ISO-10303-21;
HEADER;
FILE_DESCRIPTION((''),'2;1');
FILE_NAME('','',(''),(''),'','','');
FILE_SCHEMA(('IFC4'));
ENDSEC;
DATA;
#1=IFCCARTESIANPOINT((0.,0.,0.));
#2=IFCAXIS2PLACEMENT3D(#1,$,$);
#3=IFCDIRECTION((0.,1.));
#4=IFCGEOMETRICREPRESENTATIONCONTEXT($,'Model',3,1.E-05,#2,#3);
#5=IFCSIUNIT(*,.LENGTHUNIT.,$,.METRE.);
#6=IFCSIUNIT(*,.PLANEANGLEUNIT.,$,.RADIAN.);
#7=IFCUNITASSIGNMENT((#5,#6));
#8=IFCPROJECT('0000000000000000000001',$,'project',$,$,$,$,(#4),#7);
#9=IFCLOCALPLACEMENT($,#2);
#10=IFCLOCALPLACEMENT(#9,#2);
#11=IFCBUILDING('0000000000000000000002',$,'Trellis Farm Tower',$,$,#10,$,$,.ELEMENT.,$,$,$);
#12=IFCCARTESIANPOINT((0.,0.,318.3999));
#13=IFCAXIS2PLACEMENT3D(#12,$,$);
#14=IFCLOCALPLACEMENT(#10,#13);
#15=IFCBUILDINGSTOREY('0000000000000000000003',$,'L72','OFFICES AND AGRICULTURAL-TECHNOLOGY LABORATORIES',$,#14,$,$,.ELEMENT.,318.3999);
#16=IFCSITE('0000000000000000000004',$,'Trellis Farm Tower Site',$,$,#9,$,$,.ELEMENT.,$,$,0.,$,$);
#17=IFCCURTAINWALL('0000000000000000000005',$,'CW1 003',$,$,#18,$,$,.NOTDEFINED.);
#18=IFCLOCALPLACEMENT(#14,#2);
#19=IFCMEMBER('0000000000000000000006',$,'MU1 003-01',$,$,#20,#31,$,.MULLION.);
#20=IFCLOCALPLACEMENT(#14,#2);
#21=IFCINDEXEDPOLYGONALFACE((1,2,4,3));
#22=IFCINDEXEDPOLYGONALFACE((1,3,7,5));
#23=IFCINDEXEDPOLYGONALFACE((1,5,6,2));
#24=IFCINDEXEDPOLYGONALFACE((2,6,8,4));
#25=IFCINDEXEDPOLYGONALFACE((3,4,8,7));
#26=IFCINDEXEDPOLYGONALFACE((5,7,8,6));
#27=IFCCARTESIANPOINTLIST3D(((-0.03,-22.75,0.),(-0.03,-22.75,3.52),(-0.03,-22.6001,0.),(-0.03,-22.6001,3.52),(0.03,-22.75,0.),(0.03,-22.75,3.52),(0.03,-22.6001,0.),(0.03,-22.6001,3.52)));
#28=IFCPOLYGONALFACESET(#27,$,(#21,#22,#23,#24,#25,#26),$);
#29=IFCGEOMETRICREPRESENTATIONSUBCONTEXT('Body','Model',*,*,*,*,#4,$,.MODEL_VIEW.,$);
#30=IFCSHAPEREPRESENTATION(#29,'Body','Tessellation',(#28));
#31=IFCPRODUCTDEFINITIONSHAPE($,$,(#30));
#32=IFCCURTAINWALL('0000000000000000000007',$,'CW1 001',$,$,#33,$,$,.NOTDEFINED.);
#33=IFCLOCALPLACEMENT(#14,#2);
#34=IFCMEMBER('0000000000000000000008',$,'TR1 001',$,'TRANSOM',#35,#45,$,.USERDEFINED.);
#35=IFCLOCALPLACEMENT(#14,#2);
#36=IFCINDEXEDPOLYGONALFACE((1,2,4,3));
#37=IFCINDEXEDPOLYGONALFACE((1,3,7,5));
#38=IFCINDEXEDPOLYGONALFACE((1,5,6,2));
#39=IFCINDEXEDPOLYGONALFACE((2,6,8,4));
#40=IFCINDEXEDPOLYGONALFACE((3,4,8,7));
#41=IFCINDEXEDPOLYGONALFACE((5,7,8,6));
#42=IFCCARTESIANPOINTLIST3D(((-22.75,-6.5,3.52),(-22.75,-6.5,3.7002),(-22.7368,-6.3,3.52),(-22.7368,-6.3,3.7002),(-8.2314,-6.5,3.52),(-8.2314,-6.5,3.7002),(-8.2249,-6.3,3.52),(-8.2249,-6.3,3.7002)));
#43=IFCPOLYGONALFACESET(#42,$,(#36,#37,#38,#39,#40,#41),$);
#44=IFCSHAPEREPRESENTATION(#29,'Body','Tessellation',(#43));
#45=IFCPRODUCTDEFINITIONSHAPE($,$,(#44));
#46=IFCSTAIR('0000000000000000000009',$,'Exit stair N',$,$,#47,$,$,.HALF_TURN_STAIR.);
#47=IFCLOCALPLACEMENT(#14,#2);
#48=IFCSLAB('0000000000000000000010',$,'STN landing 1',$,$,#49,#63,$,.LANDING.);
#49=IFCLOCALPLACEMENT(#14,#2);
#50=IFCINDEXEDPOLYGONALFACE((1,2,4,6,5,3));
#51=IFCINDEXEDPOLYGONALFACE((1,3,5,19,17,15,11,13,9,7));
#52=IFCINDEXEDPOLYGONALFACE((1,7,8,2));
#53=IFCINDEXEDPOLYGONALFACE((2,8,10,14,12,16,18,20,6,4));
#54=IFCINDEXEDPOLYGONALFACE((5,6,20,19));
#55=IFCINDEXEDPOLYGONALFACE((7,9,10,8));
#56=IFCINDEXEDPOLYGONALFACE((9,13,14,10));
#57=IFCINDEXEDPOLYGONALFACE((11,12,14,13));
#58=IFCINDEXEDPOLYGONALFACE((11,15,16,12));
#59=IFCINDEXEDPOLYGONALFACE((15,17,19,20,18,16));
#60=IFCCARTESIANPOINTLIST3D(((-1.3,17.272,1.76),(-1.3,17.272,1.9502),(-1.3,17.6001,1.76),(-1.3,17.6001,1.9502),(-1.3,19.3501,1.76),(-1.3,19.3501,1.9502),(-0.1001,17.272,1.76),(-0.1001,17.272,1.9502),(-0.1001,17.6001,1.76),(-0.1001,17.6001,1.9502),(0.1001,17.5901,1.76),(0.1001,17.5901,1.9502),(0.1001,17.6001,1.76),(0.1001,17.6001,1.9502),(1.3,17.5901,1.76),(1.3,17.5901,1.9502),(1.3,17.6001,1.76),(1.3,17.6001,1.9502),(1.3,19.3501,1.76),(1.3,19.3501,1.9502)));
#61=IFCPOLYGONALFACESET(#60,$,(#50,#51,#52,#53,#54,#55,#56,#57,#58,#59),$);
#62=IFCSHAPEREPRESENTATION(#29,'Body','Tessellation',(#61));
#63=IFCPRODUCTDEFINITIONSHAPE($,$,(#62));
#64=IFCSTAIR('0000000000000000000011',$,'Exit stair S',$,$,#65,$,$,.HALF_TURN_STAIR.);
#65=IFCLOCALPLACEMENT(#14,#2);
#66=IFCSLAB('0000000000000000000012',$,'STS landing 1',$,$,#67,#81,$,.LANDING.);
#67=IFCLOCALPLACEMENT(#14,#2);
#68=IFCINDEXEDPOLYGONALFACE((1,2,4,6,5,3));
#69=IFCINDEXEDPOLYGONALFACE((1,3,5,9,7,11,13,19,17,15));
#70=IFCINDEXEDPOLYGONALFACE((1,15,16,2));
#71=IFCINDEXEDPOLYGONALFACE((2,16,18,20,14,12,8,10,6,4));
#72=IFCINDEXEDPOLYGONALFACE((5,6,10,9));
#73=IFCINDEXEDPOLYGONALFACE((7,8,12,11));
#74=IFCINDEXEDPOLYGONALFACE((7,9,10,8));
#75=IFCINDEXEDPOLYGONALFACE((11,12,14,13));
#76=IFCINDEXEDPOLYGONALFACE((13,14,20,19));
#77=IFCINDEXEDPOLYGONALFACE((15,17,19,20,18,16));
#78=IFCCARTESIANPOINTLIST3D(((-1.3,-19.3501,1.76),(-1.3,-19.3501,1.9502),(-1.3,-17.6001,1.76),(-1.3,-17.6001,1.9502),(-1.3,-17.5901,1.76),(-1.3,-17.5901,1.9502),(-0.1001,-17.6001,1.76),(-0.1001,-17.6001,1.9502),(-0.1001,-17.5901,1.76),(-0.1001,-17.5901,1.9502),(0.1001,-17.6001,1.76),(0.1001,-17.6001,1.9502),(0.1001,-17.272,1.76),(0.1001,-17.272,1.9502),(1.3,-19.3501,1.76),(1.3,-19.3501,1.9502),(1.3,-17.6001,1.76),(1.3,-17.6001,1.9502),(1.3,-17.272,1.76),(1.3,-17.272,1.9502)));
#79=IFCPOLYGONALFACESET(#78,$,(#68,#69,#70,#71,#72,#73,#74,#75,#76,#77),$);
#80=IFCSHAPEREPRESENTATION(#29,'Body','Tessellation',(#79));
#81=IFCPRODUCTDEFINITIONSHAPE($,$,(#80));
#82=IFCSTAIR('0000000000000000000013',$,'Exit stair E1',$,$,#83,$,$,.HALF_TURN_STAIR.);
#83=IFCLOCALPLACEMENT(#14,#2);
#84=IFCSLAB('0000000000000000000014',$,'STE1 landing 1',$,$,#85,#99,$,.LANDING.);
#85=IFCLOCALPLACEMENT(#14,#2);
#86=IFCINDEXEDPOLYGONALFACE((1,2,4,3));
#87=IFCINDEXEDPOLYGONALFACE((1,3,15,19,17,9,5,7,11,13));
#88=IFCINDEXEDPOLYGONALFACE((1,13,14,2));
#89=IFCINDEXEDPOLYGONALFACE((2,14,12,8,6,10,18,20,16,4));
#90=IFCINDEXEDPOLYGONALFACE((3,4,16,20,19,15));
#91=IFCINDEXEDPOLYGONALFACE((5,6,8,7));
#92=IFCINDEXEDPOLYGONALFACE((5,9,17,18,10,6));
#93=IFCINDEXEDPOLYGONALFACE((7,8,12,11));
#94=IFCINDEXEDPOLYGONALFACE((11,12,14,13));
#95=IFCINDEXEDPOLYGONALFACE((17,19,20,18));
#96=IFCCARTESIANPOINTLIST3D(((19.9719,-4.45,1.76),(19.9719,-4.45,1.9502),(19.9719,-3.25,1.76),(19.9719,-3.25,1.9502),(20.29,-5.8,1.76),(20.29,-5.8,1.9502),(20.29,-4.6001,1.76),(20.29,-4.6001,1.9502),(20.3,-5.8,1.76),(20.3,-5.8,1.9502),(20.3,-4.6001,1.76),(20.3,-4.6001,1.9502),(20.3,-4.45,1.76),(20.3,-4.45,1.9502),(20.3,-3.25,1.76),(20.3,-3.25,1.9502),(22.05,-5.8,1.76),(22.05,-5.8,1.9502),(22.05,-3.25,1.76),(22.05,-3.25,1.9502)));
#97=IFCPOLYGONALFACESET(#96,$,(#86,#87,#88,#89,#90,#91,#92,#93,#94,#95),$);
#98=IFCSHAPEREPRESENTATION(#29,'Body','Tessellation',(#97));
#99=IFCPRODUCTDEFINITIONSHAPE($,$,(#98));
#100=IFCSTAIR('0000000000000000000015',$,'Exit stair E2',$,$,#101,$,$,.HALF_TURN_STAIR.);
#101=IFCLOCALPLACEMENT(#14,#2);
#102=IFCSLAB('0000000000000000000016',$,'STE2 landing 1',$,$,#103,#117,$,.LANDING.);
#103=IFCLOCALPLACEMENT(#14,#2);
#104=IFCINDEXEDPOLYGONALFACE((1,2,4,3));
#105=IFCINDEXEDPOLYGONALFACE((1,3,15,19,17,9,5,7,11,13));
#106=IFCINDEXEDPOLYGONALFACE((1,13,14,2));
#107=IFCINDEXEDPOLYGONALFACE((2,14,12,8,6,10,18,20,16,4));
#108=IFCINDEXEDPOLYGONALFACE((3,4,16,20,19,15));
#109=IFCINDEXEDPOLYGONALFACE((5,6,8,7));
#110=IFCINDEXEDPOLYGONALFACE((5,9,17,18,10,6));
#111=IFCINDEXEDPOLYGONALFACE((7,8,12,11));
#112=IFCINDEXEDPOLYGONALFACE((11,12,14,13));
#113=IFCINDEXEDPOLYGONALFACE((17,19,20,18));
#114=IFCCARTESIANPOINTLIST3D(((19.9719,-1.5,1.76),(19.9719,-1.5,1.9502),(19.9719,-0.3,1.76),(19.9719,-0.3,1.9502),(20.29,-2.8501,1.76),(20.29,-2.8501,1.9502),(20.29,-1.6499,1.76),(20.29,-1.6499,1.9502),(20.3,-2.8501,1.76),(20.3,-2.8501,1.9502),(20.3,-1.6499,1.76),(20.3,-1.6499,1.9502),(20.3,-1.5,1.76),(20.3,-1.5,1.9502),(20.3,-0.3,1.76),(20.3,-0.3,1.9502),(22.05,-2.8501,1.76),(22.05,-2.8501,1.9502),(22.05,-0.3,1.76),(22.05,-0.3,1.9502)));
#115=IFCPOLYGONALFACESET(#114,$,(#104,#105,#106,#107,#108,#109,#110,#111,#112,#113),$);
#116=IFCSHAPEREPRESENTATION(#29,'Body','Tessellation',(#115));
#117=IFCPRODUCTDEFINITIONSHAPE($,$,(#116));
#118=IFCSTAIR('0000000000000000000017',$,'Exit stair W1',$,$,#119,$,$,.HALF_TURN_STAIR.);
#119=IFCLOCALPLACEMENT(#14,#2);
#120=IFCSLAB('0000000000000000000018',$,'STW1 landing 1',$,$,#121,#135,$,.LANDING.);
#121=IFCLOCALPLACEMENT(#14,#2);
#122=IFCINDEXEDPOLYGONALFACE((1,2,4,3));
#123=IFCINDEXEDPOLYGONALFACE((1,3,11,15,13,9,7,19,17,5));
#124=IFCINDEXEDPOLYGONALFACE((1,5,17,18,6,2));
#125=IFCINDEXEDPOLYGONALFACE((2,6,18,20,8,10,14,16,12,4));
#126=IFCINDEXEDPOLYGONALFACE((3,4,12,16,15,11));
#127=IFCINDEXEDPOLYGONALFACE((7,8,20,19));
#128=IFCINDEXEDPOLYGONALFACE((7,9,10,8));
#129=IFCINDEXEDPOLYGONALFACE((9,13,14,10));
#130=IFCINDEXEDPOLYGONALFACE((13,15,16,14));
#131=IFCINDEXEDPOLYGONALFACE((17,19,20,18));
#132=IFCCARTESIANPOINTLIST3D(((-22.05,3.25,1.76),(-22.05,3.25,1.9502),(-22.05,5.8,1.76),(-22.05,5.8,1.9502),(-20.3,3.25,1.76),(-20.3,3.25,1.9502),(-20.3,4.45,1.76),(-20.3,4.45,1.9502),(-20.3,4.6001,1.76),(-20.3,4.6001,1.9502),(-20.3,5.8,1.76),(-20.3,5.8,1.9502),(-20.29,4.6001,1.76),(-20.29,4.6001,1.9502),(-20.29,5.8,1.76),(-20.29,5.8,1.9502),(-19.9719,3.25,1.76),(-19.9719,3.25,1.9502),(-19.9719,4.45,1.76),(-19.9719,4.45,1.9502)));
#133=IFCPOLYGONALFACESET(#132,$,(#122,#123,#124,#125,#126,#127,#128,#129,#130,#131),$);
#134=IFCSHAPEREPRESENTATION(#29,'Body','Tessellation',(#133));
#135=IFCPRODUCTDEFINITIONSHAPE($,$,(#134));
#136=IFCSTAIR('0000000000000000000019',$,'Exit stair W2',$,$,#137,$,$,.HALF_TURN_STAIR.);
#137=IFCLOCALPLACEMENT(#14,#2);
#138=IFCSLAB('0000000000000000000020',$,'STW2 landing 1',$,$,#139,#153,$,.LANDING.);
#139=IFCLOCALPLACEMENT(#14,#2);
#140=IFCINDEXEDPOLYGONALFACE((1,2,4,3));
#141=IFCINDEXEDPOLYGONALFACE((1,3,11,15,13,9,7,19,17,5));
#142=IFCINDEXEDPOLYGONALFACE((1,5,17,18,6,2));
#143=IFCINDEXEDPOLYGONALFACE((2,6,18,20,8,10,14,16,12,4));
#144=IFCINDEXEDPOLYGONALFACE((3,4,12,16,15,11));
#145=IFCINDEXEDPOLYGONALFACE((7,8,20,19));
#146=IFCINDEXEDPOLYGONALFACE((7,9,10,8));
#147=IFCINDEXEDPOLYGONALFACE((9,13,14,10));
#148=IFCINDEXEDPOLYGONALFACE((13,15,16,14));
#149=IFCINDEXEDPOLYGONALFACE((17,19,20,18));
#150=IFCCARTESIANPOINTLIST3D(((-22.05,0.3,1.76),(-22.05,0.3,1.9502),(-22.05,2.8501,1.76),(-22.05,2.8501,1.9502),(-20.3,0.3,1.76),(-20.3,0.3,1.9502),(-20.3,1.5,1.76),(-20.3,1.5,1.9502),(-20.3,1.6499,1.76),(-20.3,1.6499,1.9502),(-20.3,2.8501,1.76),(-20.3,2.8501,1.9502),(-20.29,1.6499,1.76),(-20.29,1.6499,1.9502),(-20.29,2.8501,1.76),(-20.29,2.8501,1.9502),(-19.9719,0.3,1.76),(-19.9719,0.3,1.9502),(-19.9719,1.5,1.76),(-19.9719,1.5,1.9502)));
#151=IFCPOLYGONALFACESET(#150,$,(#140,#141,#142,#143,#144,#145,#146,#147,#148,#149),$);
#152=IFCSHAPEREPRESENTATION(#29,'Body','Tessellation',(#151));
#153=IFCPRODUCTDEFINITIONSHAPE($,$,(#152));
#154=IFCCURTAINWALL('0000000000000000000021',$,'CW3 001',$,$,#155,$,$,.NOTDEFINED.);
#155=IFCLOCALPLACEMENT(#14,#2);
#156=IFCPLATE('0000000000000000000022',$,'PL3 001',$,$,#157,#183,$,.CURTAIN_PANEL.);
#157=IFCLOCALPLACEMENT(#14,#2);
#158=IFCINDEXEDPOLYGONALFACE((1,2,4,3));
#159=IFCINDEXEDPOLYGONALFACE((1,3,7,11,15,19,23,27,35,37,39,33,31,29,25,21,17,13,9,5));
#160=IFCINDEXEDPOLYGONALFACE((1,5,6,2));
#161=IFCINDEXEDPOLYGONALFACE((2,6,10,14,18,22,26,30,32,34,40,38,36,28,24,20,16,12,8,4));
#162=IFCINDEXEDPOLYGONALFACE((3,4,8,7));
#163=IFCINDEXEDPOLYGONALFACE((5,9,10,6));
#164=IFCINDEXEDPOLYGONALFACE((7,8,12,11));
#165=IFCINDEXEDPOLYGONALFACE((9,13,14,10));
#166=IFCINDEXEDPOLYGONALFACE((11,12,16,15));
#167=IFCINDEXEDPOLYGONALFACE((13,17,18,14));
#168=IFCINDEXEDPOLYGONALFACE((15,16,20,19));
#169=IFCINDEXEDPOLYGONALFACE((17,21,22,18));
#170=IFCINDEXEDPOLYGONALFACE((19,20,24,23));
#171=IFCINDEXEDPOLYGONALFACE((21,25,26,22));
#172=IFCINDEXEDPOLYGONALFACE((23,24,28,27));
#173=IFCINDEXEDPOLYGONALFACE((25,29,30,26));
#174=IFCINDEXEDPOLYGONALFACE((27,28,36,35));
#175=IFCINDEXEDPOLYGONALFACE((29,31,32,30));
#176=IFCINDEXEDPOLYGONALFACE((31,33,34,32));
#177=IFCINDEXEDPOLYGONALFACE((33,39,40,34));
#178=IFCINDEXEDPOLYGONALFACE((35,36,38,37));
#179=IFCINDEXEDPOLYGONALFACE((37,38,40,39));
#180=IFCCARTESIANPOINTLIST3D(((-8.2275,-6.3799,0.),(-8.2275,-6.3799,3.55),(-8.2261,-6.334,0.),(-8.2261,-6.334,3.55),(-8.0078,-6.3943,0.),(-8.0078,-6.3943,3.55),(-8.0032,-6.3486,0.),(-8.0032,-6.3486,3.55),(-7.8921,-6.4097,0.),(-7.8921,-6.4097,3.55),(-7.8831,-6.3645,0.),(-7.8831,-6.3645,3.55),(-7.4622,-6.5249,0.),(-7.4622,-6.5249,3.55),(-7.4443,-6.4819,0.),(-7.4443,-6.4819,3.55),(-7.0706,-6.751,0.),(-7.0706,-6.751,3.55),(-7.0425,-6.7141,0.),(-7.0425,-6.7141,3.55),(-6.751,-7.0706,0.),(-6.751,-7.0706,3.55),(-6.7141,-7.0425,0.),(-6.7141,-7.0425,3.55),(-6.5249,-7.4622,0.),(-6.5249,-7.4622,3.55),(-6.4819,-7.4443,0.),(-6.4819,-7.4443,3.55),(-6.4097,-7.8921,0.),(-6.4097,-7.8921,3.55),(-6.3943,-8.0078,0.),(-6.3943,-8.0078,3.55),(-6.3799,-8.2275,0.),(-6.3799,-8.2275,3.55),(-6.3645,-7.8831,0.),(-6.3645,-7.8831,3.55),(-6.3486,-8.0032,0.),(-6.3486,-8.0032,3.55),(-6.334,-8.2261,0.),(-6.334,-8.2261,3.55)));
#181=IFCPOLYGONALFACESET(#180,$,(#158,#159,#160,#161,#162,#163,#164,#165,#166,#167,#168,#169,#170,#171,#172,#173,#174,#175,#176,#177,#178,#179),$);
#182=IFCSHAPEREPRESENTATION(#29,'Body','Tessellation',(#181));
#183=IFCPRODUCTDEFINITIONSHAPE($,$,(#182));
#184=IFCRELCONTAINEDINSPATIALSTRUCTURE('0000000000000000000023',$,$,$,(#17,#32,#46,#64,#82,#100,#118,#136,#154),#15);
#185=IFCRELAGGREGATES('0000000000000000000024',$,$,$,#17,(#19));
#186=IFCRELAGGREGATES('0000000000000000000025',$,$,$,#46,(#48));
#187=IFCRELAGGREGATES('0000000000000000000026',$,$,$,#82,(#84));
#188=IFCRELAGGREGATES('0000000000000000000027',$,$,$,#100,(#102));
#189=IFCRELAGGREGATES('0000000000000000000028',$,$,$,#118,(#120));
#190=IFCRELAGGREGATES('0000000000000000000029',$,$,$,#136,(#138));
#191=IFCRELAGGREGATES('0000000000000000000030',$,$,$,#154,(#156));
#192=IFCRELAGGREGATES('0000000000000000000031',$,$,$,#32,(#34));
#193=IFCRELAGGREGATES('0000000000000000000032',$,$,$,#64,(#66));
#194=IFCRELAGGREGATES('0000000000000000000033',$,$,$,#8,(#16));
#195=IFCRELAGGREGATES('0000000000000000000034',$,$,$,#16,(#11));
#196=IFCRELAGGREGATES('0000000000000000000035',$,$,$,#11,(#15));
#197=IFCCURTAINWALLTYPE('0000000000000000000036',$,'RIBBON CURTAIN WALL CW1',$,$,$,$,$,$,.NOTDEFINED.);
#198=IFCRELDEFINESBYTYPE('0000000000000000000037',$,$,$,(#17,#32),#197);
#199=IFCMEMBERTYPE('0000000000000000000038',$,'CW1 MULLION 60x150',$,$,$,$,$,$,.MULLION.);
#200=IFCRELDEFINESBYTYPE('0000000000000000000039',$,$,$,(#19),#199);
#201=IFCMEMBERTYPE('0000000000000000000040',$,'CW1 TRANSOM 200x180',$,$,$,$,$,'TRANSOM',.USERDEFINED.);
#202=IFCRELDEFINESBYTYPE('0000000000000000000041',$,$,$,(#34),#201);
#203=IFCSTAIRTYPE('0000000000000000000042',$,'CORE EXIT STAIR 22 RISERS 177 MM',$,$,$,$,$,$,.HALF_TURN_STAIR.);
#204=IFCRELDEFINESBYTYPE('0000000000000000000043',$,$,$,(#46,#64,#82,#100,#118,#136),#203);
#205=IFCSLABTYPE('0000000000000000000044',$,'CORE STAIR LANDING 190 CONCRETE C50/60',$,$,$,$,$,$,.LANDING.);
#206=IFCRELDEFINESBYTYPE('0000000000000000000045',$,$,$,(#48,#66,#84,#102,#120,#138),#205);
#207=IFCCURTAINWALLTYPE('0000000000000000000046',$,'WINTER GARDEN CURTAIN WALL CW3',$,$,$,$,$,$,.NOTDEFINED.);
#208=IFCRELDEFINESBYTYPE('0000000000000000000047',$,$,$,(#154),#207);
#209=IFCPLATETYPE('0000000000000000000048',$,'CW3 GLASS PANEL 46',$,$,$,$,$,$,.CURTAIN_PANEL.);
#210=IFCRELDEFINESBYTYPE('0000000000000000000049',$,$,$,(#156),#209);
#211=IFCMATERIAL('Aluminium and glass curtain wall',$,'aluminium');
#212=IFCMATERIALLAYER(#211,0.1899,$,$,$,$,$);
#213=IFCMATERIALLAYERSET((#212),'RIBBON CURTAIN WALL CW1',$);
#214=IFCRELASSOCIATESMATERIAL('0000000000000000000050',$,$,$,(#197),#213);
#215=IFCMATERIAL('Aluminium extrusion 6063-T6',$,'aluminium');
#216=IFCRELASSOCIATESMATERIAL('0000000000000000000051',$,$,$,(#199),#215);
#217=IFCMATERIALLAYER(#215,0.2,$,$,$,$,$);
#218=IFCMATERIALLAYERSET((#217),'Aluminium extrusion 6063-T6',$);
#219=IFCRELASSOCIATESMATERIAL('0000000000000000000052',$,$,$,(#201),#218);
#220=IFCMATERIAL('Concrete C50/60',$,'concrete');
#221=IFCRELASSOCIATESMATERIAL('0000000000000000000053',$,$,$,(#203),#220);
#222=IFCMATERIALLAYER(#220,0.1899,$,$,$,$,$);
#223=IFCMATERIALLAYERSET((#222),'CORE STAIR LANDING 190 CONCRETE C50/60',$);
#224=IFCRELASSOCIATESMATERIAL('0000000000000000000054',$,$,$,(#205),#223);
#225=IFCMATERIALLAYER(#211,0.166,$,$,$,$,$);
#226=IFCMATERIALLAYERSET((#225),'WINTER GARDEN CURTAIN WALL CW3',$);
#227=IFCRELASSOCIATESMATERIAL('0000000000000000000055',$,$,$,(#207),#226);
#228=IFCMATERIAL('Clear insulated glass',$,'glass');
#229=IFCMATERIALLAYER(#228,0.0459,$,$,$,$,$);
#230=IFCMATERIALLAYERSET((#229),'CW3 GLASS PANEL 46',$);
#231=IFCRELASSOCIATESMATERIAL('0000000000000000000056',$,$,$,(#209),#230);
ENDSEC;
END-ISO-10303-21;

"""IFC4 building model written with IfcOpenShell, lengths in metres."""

from ifc_helpers import new_model, si_unit, direction, frame, origin, origin_2d, place, context, subcontext, project, spatial, polyline, rectangle, outline, extrude, source, transform, mapped, material, layer, layer_set, material_profile, profile_set, type_object, element, aggregate, save


model = new_model("IFC4")

# Units and contexts
model_context = context("Model", 3, precision=1e-05, world=origin(), true_north=direction((0.0, 1.0)))
body_context = subcontext(model_context, "Body", "Model", "MODEL_VIEW")
ifc_project = project(units=[si_unit("LENGTHUNIT", "METRE"), si_unit("PLANEANGLEUNIT", "RADIAN")], contexts=[model_context])

# Site, building, storey
site_placement = place(None, origin())
site = spatial("IfcSite", under=ifc_project, at=site_placement, Name="Trellis Farm Tower Site", CompositionType="ELEMENT", RefElevation=0.0)
building_placement = place(site_placement, origin())
building = spatial("IfcBuilding", under=site, at=building_placement, Name="Trellis Farm Tower", CompositionType="ELEMENT")
storey_placement = place(building_placement, frame((0.0, 0.0, 318.3999)))
storey = spatial("IfcBuildingStorey", under=building, at=storey_placement, Name="L72", Description="OFFICES AND AGRICULTURAL-TECHNOLOGY LABORATORIES", CompositionType="ELEMENT", Elevation=318.3999)

# Curtain walls, members
ifc_material_1 = material(Name="Aluminium and glass curtain wall", Category="aluminium")
ifc_layer_1 = layer(ifc_material_1, 0.1899)
ifc_layer_set_1 = layer_set([ifc_layer_1], Name="RIBBON CURTAIN WALL CW1")
curtain_wall_type_1 = type_object("IfcCurtainWallType", Name="RIBBON CURTAIN WALL CW1", PredefinedType="NOTDEFINED", material=ifc_layer_set_1)
placement_1 = place(storey_placement, origin())
curtain_wall_1 = element("IfcCurtainWall", 1, at=placement_1, inside=storey, type_object=curtain_wall_type_1, Name="CW1 003", PredefinedType="NOTDEFINED")
ifc_material_2 = material(Name="Aluminium extrusion 6063-T6", Category="aluminium")
ifc_material_profile_1 = material_profile(ifc_material_2, rectangle(XDim=0.0601, YDim=0.1499, at=origin_2d()), Name="MULLION 60x150")
ifc_profile_set_1 = profile_set([ifc_material_profile_1], Name="Aluminium extrusion 6063-T6")
member_type_1 = type_object("IfcMemberType", Name="CW1 MULLION 60x150", PredefinedType="MULLION", material=ifc_profile_set_1)
shared_shape_1 = source(origin(), body_context, "Body", "SweptSolid", [
    extrude(rectangle(XDim=0.0601, YDim=0.1499, at=origin_2d()), origin(), (0.0, 0.0, 1.0), 3.52),
])
member_1_placement = place(storey_placement, frame((0.0, -22.675, 0.0), z_axis=(0.0, 0.0, 1.0), x_axis=(1.0, 0.0, 0.0)))
member_1 = element("IfcMember", 2, at=member_1_placement, type_object=member_type_1, Name="MU1 003-01", PredefinedType="MULLION", context=body_context, shape_type="MappedRepresentation", body=[
    mapped(shared_shape_1, transform((0.0, 0.0, 0.0))),
])
aggregate(curtain_wall_1, [member_1])
curtain_wall_2 = element("IfcCurtainWall", 3, at=placement_1, inside=storey, type_object=curtain_wall_type_1, Name="CW1 001", PredefinedType="NOTDEFINED")
ifc_layer_2 = layer(ifc_material_2, 0.2)
ifc_layer_set_2 = layer_set([ifc_layer_2], Name="Aluminium extrusion 6063-T6")
member_type_2 = type_object("IfcMemberType", Name="CW1 TRANSOM 200x180", ElementType="TRANSOM", PredefinedType="USERDEFINED", material=ifc_layer_set_2)
shared_shape_2 = source(origin(), body_context, "Body", "SweptSolid", [
    extrude(outline(polyline([(-22.75, -6.5), (-8.2314, -6.5), (-8.2249, -6.3), (-22.7368, -6.3), (-22.75, -6.5)])), origin(), (0.0, 0.0, 1.0), 0.1802),
])
member_2_placement = place(storey_placement, frame((0.0, 0.0, 3.52)))
member_2 = element("IfcMember", 4, at=member_2_placement, type_object=member_type_2, Name="TR1 001", ObjectType="TRANSOM", PredefinedType="USERDEFINED", context=body_context, shape_type="MappedRepresentation", body=[
    mapped(shared_shape_2, transform((0.0, 0.0, 0.0))),
])

# Stairs, slabs
ifc_material_3 = material(Name="Concrete C50/60", Category="concrete")
stair_type = type_object("IfcStairType", Name="CORE EXIT STAIR 22 RISERS 177 MM", PredefinedType="HALF_TURN_STAIR", material=ifc_material_3)
stair_1 = element("IfcStair", 5, at=placement_1, inside=storey, type_object=stair_type, Name="Exit stair N", PredefinedType="HALF_TURN_STAIR")
ifc_layer_3 = layer(ifc_material_3, 0.1899)
ifc_layer_set_3 = layer_set([ifc_layer_3], Name="CORE STAIR LANDING 190 CONCRETE C50/60")
slab_type_1 = type_object("IfcSlabType", Name="CORE STAIR LANDING 190 CONCRETE C50/60", PredefinedType="LANDING", material=ifc_layer_set_3)
shared_shape_3 = source(origin(), body_context, "Body", "SweptSolid", [
    extrude(outline(polyline([(-0.1001, 17.272), (-1.3, 17.272), (-1.3, 17.6001), (-1.3, 19.3501), (1.3, 19.3501), (1.3, 17.6001), (1.3, 17.5901), (0.1001, 17.5901), (0.1001, 17.6001), (-0.1001, 17.6001), (-0.1001, 17.272)])), origin(), (0.0, 0.0, 1.0), 0.1902),
])
placement_2 = place(storey_placement, frame((0.0, 0.0, 1.76)))
slab_1 = element("IfcSlab", 6, at=placement_2, type_object=slab_type_1, Name="STN landing 1", PredefinedType="LANDING", context=body_context, shape_type="MappedRepresentation", body=[
    mapped(shared_shape_3, transform((0.0, 0.0, 0.0))),
])
aggregate(stair_1, [slab_1])
stair_2 = element("IfcStair", 7, at=placement_1, inside=storey, type_object=stair_type, Name="Exit stair S", PredefinedType="HALF_TURN_STAIR")
shared_shape_4 = source(origin(), body_context, "Body", "SweptSolid", [
    extrude(outline(polyline([(1.3, -19.3501), (-1.3, -19.3501), (-1.3, -17.6001), (-1.3, -17.5901), (-0.1001, -17.5901), (-0.1001, -17.6001), (0.1001, -17.6001), (0.1001, -17.272), (1.3, -17.272), (1.3, -17.6001), (1.3, -19.3501)])), origin(), (0.0, 0.0, 1.0), 0.1902),
])
slab_2 = element("IfcSlab", 8, at=placement_2, type_object=slab_type_1, Name="STS landing 1", PredefinedType="LANDING", context=body_context, shape_type="MappedRepresentation", body=[
    mapped(shared_shape_4, transform((0.0, 0.0, 0.0))),
])
stair_3 = element("IfcStair", 9, at=placement_1, inside=storey, type_object=stair_type, Name="Exit stair E1", PredefinedType="HALF_TURN_STAIR")
shared_shape_5 = source(origin(), body_context, "Body", "SweptSolid", [
    extrude(outline(polyline([(20.29, -5.8), (20.29, -4.6001), (20.3, -4.6001), (20.3, -4.45), (19.9719, -4.45), (19.9719, -3.25), (20.3, -3.25), (22.05, -3.25), (22.05, -5.8), (20.3, -5.8), (20.29, -5.8)])), origin(), (0.0, 0.0, 1.0), 0.1902),
])
slab_3 = element("IfcSlab", 10, at=placement_2, type_object=slab_type_1, Name="STE1 landing 1", PredefinedType="LANDING", context=body_context, shape_type="MappedRepresentation", body=[
    mapped(shared_shape_5, transform((0.0, 0.0, 0.0))),
])
aggregate(stair_3, [slab_3])
stair_4 = element("IfcStair", 11, at=placement_1, inside=storey, type_object=stair_type, Name="Exit stair E2", PredefinedType="HALF_TURN_STAIR")
shared_shape_6 = source(origin(), body_context, "Body", "SweptSolid", [
    extrude(outline(polyline([(20.29, -2.8501), (20.29, -1.6499), (20.3, -1.6499), (20.3, -1.5), (19.9719, -1.5), (19.9719, -0.3), (20.3, -0.3), (22.05, -0.3), (22.05, -2.8501), (20.3, -2.8501), (20.29, -2.8501)])), origin(), (0.0, 0.0, 1.0), 0.1902),
])
slab_4 = element("IfcSlab", 12, at=placement_2, type_object=slab_type_1, Name="STE2 landing 1", PredefinedType="LANDING", context=body_context, shape_type="MappedRepresentation", body=[
    mapped(shared_shape_6, transform((0.0, 0.0, 0.0))),
])
aggregate(stair_4, [slab_4])
stair_5 = element("IfcStair", 13, at=placement_1, inside=storey, type_object=stair_type, Name="Exit stair W1", PredefinedType="HALF_TURN_STAIR")
shared_shape_7 = source(origin(), body_context, "Body", "SweptSolid", [
    extrude(outline(polyline([(-19.9719, 4.45), (-19.9719, 3.25), (-20.3, 3.25), (-22.05, 3.25), (-22.05, 5.8), (-20.3, 5.8), (-20.29, 5.8), (-20.29, 4.6001), (-20.3, 4.6001), (-20.3, 4.45), (-19.9719, 4.45)])), origin(), (0.0, 0.0, 1.0), 0.1902),
])
slab_5 = element("IfcSlab", 14, at=placement_2, type_object=slab_type_1, Name="STW1 landing 1", PredefinedType="LANDING", context=body_context, shape_type="MappedRepresentation", body=[
    mapped(shared_shape_7, transform((0.0, 0.0, 0.0))),
])
aggregate(stair_5, [slab_5])
stair_6 = element("IfcStair", 15, at=placement_1, inside=storey, type_object=stair_type, Name="Exit stair W2", PredefinedType="HALF_TURN_STAIR")
shared_shape_8 = source(origin(), body_context, "Body", "SweptSolid", [
    extrude(outline(polyline([(-19.9719, 1.5), (-19.9719, 0.3), (-20.3, 0.3), (-22.05, 0.3), (-22.05, 2.8501), (-20.3, 2.8501), (-20.29, 2.8501), (-20.29, 1.6499), (-20.3, 1.6499), (-20.3, 1.5), (-19.9719, 1.5)])), origin(), (0.0, 0.0, 1.0), 0.1902),
])
slab_6 = element("IfcSlab", 16, at=placement_2, type_object=slab_type_1, Name="STW2 landing 1", PredefinedType="LANDING", context=body_context, shape_type="MappedRepresentation", body=[
    mapped(shared_shape_8, transform((0.0, 0.0, 0.0))),
])
aggregate(stair_6, [slab_6])

# Curtain wall, plate
ifc_layer_4 = layer(ifc_material_1, 0.166)
ifc_layer_set_4 = layer_set([ifc_layer_4], Name="WINTER GARDEN CURTAIN WALL CW3")
curtain_wall_type_2 = type_object("IfcCurtainWallType", Name="WINTER GARDEN CURTAIN WALL CW3", PredefinedType="NOTDEFINED", material=ifc_layer_set_4)
curtain_wall_3 = element("IfcCurtainWall", 17, at=placement_1, inside=storey, type_object=curtain_wall_type_2, Name="CW3 001", PredefinedType="NOTDEFINED")
ifc_material_4 = material(Name="Clear insulated glass", Category="glass")
ifc_layer_5 = layer(ifc_material_4, 0.0459)
ifc_layer_set_5 = layer_set([ifc_layer_5], Name="CW3 GLASS PANEL 46")
plate_type_1 = type_object("IfcPlateType", Name="CW3 GLASS PANEL 46", PredefinedType="CURTAIN_PANEL", material=ifc_layer_set_5)
shared_shape_9 = source(origin(), body_context, "Body", "SweptSolid", [
    extrude(outline(polyline([(-8.2275, -6.3799), (-8.0078, -6.3943), (-7.8921, -6.4097), (-7.4622, -6.5249), (-7.0706, -6.751), (-6.751, -7.0706), (-6.5249, -7.4622), (-6.4097, -7.8921), (-6.3943, -8.0078), (-6.3799, -8.2275), (-6.334, -8.2261), (-6.3486, -8.0032), (-6.3645, -7.8831), (-6.4819, -7.4443), (-6.7141, -7.0425), (-7.0425, -6.7141), (-7.4443, -6.4819), (-7.8831, -6.3645), (-8.0032, -6.3486), (-8.2261, -6.334), (-8.2275, -6.3799)])), origin(), (0.0, 0.0, 1.0), 3.55),
])
plate_1 = element("IfcPlate", 18, at=placement_1, type_object=plate_type_1, Name="PL3 001", PredefinedType="CURTAIN_PANEL", context=body_context, shape_type="MappedRepresentation", body=[
    mapped(shared_shape_9, transform((0.0, 0.0, 0.0))),
])
aggregate(curtain_wall_3, [plate_1])

aggregate(curtain_wall_2, [member_2])

aggregate(stair_2, [slab_2])

save(model, "model.ifc")
